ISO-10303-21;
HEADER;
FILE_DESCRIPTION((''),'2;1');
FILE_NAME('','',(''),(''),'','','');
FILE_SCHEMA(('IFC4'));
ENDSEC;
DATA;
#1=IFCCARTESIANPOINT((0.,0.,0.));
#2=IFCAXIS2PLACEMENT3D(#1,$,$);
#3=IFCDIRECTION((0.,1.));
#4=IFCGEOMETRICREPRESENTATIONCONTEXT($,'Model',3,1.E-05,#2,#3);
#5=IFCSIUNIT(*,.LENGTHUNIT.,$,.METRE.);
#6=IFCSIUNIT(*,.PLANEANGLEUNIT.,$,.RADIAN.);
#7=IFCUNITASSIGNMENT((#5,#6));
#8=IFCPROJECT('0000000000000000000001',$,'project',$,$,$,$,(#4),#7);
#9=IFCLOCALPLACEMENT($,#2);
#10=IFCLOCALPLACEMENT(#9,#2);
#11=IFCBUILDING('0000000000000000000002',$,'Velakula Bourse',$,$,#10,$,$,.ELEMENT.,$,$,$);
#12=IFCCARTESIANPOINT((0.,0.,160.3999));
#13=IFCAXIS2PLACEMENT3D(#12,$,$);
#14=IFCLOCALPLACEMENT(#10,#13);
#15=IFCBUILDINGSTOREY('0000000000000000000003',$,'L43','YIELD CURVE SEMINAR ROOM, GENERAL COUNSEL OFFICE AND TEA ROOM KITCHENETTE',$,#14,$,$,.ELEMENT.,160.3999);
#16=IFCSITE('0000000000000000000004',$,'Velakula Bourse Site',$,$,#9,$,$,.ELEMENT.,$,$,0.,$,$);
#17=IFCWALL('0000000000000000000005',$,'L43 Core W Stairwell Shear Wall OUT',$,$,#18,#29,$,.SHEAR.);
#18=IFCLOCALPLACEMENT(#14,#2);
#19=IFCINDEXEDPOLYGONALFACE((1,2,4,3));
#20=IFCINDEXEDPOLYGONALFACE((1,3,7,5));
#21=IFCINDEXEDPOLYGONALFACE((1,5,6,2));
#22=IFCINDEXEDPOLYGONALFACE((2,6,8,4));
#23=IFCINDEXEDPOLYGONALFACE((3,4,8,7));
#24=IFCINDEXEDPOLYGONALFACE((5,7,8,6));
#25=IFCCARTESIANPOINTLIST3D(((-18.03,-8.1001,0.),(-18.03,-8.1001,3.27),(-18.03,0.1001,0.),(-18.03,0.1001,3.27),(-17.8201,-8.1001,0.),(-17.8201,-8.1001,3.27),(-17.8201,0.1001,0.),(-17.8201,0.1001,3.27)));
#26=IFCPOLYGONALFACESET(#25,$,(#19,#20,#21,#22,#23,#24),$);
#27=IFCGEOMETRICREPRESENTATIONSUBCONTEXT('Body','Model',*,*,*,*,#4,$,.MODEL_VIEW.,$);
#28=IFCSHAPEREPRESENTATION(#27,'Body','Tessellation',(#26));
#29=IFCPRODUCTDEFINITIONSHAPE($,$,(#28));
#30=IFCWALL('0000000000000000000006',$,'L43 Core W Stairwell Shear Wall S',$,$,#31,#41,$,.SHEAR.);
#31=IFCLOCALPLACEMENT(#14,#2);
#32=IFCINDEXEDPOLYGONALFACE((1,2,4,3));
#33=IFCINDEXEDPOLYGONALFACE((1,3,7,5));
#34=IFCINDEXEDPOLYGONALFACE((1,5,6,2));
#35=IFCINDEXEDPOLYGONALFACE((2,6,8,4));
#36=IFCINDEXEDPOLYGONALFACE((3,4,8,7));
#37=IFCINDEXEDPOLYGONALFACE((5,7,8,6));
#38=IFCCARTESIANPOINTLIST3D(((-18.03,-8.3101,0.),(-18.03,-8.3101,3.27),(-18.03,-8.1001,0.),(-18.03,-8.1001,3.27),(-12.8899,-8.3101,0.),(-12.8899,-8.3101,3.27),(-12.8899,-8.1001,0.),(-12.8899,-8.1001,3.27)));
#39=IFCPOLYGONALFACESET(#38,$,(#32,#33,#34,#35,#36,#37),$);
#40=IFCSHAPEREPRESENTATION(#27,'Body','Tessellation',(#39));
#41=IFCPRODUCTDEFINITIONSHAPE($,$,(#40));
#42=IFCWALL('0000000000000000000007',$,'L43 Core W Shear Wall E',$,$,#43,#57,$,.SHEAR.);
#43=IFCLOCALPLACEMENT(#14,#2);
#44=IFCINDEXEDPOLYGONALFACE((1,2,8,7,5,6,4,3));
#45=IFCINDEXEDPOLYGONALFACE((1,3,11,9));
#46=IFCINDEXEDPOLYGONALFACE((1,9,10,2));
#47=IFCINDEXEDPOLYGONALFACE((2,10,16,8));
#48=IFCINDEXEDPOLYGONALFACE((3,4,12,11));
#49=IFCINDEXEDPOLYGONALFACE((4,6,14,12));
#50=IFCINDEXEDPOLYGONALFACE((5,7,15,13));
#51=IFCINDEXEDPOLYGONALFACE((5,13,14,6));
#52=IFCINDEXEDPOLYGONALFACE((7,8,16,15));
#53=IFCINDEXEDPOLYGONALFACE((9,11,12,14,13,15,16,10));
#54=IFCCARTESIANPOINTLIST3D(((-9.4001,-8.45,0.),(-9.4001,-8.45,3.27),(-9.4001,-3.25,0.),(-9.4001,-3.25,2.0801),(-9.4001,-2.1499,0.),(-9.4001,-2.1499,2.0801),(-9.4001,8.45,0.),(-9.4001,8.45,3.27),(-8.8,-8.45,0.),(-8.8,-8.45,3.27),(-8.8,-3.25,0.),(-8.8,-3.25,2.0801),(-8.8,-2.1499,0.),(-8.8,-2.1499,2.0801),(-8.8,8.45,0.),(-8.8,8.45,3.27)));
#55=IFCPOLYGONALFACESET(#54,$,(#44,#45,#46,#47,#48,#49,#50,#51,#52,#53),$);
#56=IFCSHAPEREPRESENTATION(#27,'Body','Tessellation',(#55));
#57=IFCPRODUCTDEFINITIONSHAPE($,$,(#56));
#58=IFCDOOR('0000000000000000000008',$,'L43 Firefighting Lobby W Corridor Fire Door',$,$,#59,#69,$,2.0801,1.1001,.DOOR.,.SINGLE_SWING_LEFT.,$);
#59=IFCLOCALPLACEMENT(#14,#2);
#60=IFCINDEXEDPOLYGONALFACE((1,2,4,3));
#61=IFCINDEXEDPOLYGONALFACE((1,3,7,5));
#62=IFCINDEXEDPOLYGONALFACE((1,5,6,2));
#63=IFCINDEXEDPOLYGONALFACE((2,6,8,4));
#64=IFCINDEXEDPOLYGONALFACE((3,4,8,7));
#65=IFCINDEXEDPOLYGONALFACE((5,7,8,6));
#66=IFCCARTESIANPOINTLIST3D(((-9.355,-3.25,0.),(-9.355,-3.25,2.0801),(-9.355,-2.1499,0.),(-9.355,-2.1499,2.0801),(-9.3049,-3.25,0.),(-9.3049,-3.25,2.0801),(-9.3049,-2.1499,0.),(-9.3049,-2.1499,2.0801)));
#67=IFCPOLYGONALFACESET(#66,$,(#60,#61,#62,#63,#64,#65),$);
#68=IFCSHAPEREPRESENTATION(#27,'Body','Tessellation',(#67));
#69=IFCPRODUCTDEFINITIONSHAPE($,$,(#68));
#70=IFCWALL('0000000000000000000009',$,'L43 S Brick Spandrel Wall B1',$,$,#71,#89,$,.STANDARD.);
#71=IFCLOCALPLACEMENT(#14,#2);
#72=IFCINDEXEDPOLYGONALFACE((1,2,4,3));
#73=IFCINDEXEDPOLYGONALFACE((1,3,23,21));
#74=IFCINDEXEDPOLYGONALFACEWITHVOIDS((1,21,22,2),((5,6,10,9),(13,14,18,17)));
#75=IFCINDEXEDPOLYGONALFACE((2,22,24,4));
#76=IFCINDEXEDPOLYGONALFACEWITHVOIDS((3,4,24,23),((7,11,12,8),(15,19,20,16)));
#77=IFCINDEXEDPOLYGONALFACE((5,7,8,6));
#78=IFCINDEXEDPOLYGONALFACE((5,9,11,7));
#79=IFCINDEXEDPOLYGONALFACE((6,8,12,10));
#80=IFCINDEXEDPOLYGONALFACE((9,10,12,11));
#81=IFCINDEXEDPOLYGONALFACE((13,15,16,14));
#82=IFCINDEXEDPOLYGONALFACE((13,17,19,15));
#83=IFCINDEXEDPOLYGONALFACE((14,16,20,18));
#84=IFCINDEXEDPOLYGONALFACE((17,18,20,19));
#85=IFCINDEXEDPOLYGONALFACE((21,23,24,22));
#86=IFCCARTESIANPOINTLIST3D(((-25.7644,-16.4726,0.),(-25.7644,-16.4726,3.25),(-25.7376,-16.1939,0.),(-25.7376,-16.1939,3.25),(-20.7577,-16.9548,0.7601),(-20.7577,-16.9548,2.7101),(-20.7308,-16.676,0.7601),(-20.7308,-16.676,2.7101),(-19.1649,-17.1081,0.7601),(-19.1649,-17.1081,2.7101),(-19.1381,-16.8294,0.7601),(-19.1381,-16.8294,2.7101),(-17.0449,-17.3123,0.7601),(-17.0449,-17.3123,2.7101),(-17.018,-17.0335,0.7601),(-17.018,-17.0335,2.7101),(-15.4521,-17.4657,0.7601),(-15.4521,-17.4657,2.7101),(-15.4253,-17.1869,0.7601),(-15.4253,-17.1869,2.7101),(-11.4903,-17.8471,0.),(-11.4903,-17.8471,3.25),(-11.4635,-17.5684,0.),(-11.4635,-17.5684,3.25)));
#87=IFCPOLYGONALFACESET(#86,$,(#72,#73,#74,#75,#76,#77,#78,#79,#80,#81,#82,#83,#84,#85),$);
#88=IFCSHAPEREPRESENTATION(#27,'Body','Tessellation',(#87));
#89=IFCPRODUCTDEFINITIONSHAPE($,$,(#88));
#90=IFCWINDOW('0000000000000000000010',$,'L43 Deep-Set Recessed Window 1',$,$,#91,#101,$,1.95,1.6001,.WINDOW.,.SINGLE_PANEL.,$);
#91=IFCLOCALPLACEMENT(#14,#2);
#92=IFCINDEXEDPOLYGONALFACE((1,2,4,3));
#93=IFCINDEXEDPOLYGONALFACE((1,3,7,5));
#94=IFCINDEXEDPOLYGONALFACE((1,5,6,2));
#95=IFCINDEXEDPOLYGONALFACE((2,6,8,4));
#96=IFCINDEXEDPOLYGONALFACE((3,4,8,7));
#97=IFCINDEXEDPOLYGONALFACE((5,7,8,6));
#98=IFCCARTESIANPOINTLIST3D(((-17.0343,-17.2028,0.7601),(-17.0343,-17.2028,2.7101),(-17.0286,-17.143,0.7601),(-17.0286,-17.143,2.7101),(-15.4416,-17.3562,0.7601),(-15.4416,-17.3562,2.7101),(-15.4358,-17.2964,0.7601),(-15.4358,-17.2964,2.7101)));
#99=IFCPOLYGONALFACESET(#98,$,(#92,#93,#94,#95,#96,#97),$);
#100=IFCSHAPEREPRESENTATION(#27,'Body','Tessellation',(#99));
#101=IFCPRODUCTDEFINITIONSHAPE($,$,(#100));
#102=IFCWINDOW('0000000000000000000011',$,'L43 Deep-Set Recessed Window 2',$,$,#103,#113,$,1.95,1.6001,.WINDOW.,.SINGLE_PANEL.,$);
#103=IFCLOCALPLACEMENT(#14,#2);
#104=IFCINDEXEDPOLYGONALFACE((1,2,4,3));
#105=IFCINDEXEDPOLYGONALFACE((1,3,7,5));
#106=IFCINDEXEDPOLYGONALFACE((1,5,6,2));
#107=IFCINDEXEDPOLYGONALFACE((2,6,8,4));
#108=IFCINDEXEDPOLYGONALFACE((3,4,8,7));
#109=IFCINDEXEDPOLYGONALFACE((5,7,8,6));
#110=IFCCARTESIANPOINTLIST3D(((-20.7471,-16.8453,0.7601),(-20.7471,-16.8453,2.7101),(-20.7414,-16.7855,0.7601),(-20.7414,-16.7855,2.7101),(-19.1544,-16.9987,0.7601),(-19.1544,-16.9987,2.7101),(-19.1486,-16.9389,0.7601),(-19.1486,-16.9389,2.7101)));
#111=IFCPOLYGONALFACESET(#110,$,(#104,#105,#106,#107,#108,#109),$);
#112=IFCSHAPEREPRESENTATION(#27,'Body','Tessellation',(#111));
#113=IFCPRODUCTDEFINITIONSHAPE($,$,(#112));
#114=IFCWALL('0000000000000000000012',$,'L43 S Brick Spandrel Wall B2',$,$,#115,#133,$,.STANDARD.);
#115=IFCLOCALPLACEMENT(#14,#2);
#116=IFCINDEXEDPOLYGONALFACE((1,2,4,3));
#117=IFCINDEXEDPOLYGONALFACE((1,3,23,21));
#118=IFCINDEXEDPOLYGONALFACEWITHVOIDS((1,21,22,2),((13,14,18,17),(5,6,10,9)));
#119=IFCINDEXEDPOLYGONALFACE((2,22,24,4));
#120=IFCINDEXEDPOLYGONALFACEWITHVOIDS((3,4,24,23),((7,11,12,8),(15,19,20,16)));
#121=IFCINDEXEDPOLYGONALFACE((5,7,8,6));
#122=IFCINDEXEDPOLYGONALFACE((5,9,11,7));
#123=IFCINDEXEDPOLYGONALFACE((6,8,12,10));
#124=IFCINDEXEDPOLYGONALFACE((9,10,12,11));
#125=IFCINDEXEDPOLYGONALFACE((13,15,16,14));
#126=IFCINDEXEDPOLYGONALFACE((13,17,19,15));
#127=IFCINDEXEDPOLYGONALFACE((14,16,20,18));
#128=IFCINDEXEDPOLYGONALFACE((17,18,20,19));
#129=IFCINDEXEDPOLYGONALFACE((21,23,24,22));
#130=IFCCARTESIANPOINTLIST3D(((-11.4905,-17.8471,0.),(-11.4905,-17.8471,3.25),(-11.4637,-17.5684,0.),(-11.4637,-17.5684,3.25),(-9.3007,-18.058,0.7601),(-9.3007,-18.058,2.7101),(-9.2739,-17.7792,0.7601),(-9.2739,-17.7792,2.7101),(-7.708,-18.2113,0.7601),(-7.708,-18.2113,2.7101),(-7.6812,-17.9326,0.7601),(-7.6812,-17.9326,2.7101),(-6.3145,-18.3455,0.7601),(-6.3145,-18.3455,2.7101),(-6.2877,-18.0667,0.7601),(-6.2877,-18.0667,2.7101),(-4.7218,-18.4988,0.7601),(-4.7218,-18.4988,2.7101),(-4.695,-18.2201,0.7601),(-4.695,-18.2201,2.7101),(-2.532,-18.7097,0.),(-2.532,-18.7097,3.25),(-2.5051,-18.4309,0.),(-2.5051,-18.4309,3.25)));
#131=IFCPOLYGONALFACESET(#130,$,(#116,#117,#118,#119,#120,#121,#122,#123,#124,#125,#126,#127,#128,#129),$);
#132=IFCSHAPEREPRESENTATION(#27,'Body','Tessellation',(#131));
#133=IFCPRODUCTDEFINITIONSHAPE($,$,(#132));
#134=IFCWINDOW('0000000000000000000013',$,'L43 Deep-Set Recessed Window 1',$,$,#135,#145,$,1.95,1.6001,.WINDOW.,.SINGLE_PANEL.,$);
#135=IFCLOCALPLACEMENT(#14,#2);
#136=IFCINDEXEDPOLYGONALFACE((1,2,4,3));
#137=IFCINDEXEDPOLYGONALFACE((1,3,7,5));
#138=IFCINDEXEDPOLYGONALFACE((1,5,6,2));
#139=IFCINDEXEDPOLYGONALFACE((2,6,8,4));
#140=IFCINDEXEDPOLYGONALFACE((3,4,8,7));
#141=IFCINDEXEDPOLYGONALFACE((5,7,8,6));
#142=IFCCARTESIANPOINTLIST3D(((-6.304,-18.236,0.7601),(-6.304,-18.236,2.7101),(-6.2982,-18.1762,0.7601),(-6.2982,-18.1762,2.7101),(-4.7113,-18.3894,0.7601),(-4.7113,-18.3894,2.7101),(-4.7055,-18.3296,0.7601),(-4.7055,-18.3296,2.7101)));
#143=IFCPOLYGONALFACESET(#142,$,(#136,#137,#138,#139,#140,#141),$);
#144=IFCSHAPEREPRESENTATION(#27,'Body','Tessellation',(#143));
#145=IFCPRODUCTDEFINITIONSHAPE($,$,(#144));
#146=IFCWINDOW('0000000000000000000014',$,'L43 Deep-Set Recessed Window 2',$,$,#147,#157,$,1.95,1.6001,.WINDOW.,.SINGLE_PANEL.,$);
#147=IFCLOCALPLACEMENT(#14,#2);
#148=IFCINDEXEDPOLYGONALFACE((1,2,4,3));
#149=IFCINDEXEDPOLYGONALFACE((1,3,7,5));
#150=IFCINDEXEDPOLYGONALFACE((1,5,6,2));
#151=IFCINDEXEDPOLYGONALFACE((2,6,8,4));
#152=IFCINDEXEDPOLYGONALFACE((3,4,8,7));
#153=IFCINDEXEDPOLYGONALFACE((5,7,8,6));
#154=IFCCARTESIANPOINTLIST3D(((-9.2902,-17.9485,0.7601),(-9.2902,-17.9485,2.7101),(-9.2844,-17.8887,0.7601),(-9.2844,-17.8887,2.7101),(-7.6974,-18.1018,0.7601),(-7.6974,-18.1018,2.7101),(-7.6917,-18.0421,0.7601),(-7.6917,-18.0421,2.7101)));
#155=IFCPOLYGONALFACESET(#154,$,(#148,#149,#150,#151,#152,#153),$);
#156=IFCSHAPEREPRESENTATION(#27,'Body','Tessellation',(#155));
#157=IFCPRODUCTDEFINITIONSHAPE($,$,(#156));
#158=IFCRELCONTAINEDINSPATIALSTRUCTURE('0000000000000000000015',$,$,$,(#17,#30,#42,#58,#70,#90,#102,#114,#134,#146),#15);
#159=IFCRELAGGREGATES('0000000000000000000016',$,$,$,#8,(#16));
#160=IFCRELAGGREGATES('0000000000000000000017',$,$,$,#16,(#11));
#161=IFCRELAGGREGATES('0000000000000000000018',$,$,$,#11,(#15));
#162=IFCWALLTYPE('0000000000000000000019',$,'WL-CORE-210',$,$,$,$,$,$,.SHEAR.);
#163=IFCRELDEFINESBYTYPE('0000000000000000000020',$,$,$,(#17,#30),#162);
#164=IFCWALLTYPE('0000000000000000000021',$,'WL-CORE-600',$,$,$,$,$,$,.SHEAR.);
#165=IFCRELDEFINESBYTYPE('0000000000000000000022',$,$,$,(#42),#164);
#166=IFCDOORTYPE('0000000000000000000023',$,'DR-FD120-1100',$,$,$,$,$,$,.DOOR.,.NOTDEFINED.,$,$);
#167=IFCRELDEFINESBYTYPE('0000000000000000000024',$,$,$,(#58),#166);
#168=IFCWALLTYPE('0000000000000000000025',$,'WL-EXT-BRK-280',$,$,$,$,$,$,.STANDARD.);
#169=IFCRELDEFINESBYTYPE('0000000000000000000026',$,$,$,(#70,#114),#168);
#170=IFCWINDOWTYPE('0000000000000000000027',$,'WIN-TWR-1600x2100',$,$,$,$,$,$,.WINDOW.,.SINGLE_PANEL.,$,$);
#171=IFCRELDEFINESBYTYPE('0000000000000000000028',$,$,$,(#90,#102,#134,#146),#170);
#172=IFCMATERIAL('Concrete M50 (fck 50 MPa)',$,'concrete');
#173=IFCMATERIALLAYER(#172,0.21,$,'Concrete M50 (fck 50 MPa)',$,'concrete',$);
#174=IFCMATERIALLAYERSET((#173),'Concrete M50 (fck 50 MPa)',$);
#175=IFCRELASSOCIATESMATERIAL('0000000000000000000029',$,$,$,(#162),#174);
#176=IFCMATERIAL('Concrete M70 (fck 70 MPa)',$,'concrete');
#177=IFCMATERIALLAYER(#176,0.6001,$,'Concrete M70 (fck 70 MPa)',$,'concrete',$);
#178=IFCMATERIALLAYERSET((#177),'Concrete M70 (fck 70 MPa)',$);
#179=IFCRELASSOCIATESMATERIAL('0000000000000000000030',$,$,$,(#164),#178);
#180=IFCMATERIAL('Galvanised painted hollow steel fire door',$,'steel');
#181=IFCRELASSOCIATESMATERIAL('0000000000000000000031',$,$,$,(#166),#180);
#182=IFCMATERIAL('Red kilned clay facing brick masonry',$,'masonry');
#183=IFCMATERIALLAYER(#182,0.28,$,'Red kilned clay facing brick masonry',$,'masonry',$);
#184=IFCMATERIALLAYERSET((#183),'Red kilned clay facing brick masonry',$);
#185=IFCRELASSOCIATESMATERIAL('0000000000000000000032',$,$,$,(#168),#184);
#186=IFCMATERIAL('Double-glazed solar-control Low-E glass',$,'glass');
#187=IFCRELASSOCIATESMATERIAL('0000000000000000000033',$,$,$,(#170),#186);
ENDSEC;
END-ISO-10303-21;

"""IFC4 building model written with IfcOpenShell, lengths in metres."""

from ifc_helpers import new_model, si_unit, direction, frame, frame_2d, origin, place, context, subcontext, project, spatial, rectangle, extrude, material, layer, layer_set, type_object, element, fill, save


model = new_model("IFC4")

# Units and contexts
model_context = context("Model", 3, precision=1e-05, world=origin(), true_north=direction((0.0, 1.0)))
body_context = subcontext(model_context, "Body", "Model", "MODEL_VIEW")
ifc_project = project(units=[si_unit("LENGTHUNIT", "METRE"), si_unit("PLANEANGLEUNIT", "RADIAN")], contexts=[model_context])

# Site, building, storey
site_placement = place(None, origin())
site = spatial("IfcSite", under=ifc_project, at=site_placement, Name="Velakula Bourse Site", CompositionType="ELEMENT", RefElevation=0.0)
building_placement = place(site_placement, origin())
building = spatial("IfcBuilding", under=site, at=building_placement, Name="Velakula Bourse", CompositionType="ELEMENT")
storey_placement = place(building_placement, frame((0.0, 0.0, 160.3999)))
storey = spatial("IfcBuildingStorey", under=building, at=storey_placement, Name="L43", Description="YIELD CURVE SEMINAR ROOM, GENERAL COUNSEL OFFICE AND TEA ROOM KITCHENETTE", CompositionType="ELEMENT", Elevation=160.3999)

# Shared definitions
ifc_material_1 = material(Name="Concrete M70 (fck 70 MPa)", Category="concrete")

# Shared definitions
ifc_material_2 = material(Name="Concrete M50 (fck 50 MPa)", Category="concrete")

# Walls
ifc_layer_1 = layer(ifc_material_2, 0.21, Name="Concrete M50 (fck 50 MPa)", Category="concrete")
ifc_layer_set_1 = layer_set([ifc_layer_1], Name="Concrete M50 (fck 50 MPa)")
wall_type_1 = type_object("IfcWallType", Name="WL-CORE-210", PredefinedType="SHEAR", material=ifc_layer_set_1)
wall_1_placement = place(storey_placement, frame((-17.925, -8.1001, 0.0), z_axis=(0.0, 0.0, 1.0), x_axis=(0.0, 1.0, 0.0)))
element("IfcWall", 1, at=wall_1_placement, inside=storey, type_object=wall_type_1, Name="L43 Core W Stairwell Shear Wall OUT", PredefinedType="SHEAR", context=body_context, shape_type="SweptSolid", body=[
    extrude(rectangle(XDim=8.2002, YDim=0.21, at=frame_2d((4.1001, 0.0))), origin(), (0.0, 0.0, 1.0), 3.27),
])
wall_2_placement = place(storey_placement, frame((-18.03, -8.2051, 0.0), z_axis=(0.0, 0.0, 1.0), x_axis=(1.0, 0.0, 0.0)))
element("IfcWall", 2, at=wall_2_placement, inside=storey, type_object=wall_type_1, Name="L43 Core W Stairwell Shear Wall S", PredefinedType="SHEAR", context=body_context, shape_type="SweptSolid", body=[
    extrude(rectangle(XDim=5.1401, YDim=0.21, at=frame_2d((2.5701, 0.0))), origin(), (0.0, 0.0, 1.0), 3.27),
])

# Wall, opening, door
ifc_layer_2 = layer(ifc_material_1, 0.6001, Name="Concrete M70 (fck 70 MPa)", Category="concrete")
ifc_layer_set_2 = layer_set([ifc_layer_2], Name="Concrete M70 (fck 70 MPa)")
wall_type_2 = type_object("IfcWallType", Name="WL-CORE-600", PredefinedType="SHEAR", material=ifc_layer_set_2)
wall_3_placement = place(storey_placement, frame((-9.1001, -8.45, 0.0), z_axis=(0.0, 0.0, 1.0), x_axis=(0.0, 1.0, 0.0)))
wall_3 = element("IfcWall", 3, at=wall_3_placement, inside=storey, type_object=wall_type_2, Name="L43 Core W Shear Wall E", PredefinedType="SHEAR", context=body_context, shape_type="SweptSolid", body=[
    extrude(rectangle(XDim=16.8999, YDim=0.6001, at=frame_2d((8.45, 0.0))), origin(), (0.0, 0.0, 1.0), 3.27),
])
opening_1_placement = place(wall_3_placement, frame((5.2, 0.0, 0.0)))
opening_1 = element("IfcOpeningElement", 4, at=opening_1_placement, cuts=wall_3, PredefinedType="OPENING", context=body_context, shape_type="SweptSolid", body=[
    extrude(rectangle(XDim=1.1001, YDim=2.0801, at=frame_2d((0.55, 1.04))), frame((0.0, 0.3101, 0.0), z_axis=(0.0, -1.0, 0.0), x_axis=(1.0, 0.0, 0.0)), (0.0, 0.0, 1.0), 0.6201),
])
ifc_material_3 = material(Name="Galvanised painted hollow steel fire door", Category="steel")
door_type = type_object("IfcDoorType", Name="DR-FD120-1100", OperationType="NOTDEFINED", PredefinedType="DOOR", material=ifc_material_3)
door_placement = place(opening_1_placement, origin())
door = element("IfcDoor", 5, at=door_placement, inside=storey, type_object=door_type, Name="L43 Firefighting Lobby W Corridor Fire Door", OperationType="SINGLE_SWING_LEFT", OverallHeight=2.0801, OverallWidth=1.1001, PredefinedType="DOOR", context=body_context, shape_type="SweptSolid", body=[
    extrude(rectangle(XDim=1.1001, YDim=2.0801, at=frame_2d((0.55, 1.04))), frame((0.0, 0.2549, 0.0), z_axis=(0.0, -1.0, 0.0), x_axis=(1.0, 0.0, 0.0)), (0.0, 0.0, 1.0), 0.05),
])
fill(opening_1, door)

# Walls, openings, windows
ifc_material_4 = material(Name="Red kilned clay facing brick masonry", Category="masonry")
ifc_layer_3 = layer(ifc_material_4, 0.28, Name="Red kilned clay facing brick masonry", Category="masonry")
ifc_layer_set_3 = layer_set([ifc_layer_3], Name="Red kilned clay facing brick masonry")
wall_type_3 = type_object("IfcWallType", Name="WL-EXT-BRK-280", PredefinedType="STANDARD", material=ifc_layer_set_3)
wall_4_placement = place(storey_placement, frame((-11.4771, -17.7078, 0.0), z_axis=(0.0, 0.0, 1.0), x_axis=(-0.995396, 0.09585, 0.0)))
wall_4 = element("IfcWall", 6, at=wall_4_placement, inside=storey, type_object=wall_type_3, Name="L43 S Brick Spandrel Wall B1", PredefinedType="STANDARD", context=body_context, shape_type="SweptSolid", body=[
    extrude(rectangle(XDim=14.3401, YDim=0.28, at=frame_2d((7.1699, 0.0))), origin(), (0.0, 0.0, 1.0), 3.25),
])
opening_2_placement = place(wall_4_placement, frame((3.98, 0.0, 0.76)))
opening_2 = element("IfcOpeningElement", 7, at=opening_2_placement, cuts=wall_4, PredefinedType="OPENING", context=body_context, shape_type="SweptSolid", body=[
    extrude(rectangle(XDim=1.6001, YDim=1.95, at=frame_2d((0.8, 0.9751))), frame((0.0, 0.1499, 0.0), z_axis=(0.0, -1.0, 0.0), x_axis=(1.0, 0.0, 0.0)), (0.0, 0.0, 1.0), 0.3),
])
opening_3_placement = place(wall_4_placement, frame((7.71, 0.0, 0.76)))
opening_3 = element("IfcOpeningElement", 8, at=opening_3_placement, cuts=wall_4, PredefinedType="OPENING", context=body_context, shape_type="SweptSolid", body=[
    extrude(rectangle(XDim=1.6001, YDim=1.95, at=frame_2d((0.8, 0.9751))), frame((0.0, 0.1499, 0.0), z_axis=(0.0, -1.0, 0.0), x_axis=(1.0, 0.0, 0.0)), (0.0, 0.0, 1.0), 0.3),
])
ifc_material_5 = material(Name="Double-glazed solar-control Low-E glass", Category="glass")
window_type = type_object("IfcWindowType", Name="WIN-TWR-1600x2100", PartitioningType="SINGLE_PANEL", PredefinedType="WINDOW", material=ifc_material_5)
window_1_placement = place(opening_2_placement, origin())
window_1 = element("IfcWindow", 9, at=window_1_placement, inside=storey, type_object=window_type, Name="L43 Deep-Set Recessed Window 1", OverallHeight=1.95, OverallWidth=1.6001, PartitioningType="SINGLE_PANEL", PredefinedType="WINDOW", context=body_context, shape_type="SweptSolid", body=[
    extrude(rectangle(XDim=1.6001, YDim=1.95, at=frame_2d((0.8, 0.9751))), frame((0.0, 0.03, 0.0), z_axis=(0.0, -1.0, 0.0), x_axis=(1.0, 0.0, 0.0)), (0.0, 0.0, 1.0), 0.0601),
])
fill(opening_2, window_1)
window_2_placement = place(opening_3_placement, origin())
window_2 = element("IfcWindow", 10, at=window_2_placement, inside=storey, type_object=window_type, Name="L43 Deep-Set Recessed Window 2", OverallHeight=1.95, OverallWidth=1.6001, PartitioningType="SINGLE_PANEL", PredefinedType="WINDOW", context=body_context, shape_type="SweptSolid", body=[
    extrude(rectangle(XDim=1.6001, YDim=1.95, at=frame_2d((0.8, 0.9751))), frame((0.0, 0.03, 0.0), z_axis=(0.0, -1.0, 0.0), x_axis=(1.0, 0.0, 0.0)), (0.0, 0.0, 1.0), 0.0601),
])
fill(opening_3, window_2)
wall_5_placement = place(storey_placement, frame((-2.5186, -18.5703, 0.0), z_axis=(0.0, 0.0, 1.0), x_axis=(-0.995397, 0.09584, 0.0)))
wall_5 = element("IfcWall", 11, at=wall_5_placement, inside=storey, type_object=wall_type_3, Name="L43 S Brick Spandrel Wall B2", PredefinedType="STANDARD", context=body_context, shape_type="SweptSolid", body=[
    extrude(rectangle(XDim=9.0, YDim=0.28, at=frame_2d((4.5, 0.0))), origin(), (0.0, 0.0, 1.0), 3.25),
])
opening_4_placement = place(wall_5_placement, frame((2.2, 0.0, 0.76)))
opening_4 = element("IfcOpeningElement", 12, at=opening_4_placement, cuts=wall_5, PredefinedType="OPENING", context=body_context, shape_type="SweptSolid", body=[
    extrude(rectangle(XDim=1.6001, YDim=1.95, at=frame_2d((0.8, 0.9751))), frame((0.0, 0.1499, 0.0), z_axis=(0.0, -1.0, 0.0), x_axis=(1.0, 0.0, 0.0)), (0.0, 0.0, 1.0), 0.3),
])
opening_5_placement = place(wall_5_placement, frame((5.2, 0.0, 0.76)))
opening_5 = element("IfcOpeningElement", 13, at=opening_5_placement, cuts=wall_5, PredefinedType="OPENING", context=body_context, shape_type="SweptSolid", body=[
    extrude(rectangle(XDim=1.6001, YDim=1.95, at=frame_2d((0.8, 0.9751))), frame((0.0, 0.1499, 0.0), z_axis=(0.0, -1.0, 0.0), x_axis=(1.0, 0.0, 0.0)), (0.0, 0.0, 1.0), 0.3),
])
window_3_placement = place(opening_4_placement, origin())
window_3 = element("IfcWindow", 14, at=window_3_placement, inside=storey, type_object=window_type, Name="L43 Deep-Set Recessed Window 1", OverallHeight=1.95, OverallWidth=1.6001, PartitioningType="SINGLE_PANEL", PredefinedType="WINDOW", context=body_context, shape_type="SweptSolid", body=[
    extrude(rectangle(XDim=1.6001, YDim=1.95, at=frame_2d((0.8, 0.9751))), frame((0.0, 0.03, 0.0), z_axis=(0.0, -1.0, 0.0), x_axis=(1.0, 0.0, 0.0)), (0.0, 0.0, 1.0), 0.0601),
])
fill(opening_4, window_3)
window_4_placement = place(opening_5_placement, origin())
window_4 = element("IfcWindow", 15, at=window_4_placement, inside=storey, type_object=window_type, Name="L43 Deep-Set Recessed Window 2", OverallHeight=1.95, OverallWidth=1.6001, PartitioningType="SINGLE_PANEL", PredefinedType="WINDOW", context=body_context, shape_type="SweptSolid", body=[
    extrude(rectangle(XDim=1.6001, YDim=1.95, at=frame_2d((0.8, 0.9751))), frame((0.0, 0.03, 0.0), z_axis=(0.0, -1.0, 0.0), x_axis=(1.0, 0.0, 0.0)), (0.0, 0.0, 1.0), 0.0601),
])
fill(opening_5, window_4)

save(model, "model.ifc")
